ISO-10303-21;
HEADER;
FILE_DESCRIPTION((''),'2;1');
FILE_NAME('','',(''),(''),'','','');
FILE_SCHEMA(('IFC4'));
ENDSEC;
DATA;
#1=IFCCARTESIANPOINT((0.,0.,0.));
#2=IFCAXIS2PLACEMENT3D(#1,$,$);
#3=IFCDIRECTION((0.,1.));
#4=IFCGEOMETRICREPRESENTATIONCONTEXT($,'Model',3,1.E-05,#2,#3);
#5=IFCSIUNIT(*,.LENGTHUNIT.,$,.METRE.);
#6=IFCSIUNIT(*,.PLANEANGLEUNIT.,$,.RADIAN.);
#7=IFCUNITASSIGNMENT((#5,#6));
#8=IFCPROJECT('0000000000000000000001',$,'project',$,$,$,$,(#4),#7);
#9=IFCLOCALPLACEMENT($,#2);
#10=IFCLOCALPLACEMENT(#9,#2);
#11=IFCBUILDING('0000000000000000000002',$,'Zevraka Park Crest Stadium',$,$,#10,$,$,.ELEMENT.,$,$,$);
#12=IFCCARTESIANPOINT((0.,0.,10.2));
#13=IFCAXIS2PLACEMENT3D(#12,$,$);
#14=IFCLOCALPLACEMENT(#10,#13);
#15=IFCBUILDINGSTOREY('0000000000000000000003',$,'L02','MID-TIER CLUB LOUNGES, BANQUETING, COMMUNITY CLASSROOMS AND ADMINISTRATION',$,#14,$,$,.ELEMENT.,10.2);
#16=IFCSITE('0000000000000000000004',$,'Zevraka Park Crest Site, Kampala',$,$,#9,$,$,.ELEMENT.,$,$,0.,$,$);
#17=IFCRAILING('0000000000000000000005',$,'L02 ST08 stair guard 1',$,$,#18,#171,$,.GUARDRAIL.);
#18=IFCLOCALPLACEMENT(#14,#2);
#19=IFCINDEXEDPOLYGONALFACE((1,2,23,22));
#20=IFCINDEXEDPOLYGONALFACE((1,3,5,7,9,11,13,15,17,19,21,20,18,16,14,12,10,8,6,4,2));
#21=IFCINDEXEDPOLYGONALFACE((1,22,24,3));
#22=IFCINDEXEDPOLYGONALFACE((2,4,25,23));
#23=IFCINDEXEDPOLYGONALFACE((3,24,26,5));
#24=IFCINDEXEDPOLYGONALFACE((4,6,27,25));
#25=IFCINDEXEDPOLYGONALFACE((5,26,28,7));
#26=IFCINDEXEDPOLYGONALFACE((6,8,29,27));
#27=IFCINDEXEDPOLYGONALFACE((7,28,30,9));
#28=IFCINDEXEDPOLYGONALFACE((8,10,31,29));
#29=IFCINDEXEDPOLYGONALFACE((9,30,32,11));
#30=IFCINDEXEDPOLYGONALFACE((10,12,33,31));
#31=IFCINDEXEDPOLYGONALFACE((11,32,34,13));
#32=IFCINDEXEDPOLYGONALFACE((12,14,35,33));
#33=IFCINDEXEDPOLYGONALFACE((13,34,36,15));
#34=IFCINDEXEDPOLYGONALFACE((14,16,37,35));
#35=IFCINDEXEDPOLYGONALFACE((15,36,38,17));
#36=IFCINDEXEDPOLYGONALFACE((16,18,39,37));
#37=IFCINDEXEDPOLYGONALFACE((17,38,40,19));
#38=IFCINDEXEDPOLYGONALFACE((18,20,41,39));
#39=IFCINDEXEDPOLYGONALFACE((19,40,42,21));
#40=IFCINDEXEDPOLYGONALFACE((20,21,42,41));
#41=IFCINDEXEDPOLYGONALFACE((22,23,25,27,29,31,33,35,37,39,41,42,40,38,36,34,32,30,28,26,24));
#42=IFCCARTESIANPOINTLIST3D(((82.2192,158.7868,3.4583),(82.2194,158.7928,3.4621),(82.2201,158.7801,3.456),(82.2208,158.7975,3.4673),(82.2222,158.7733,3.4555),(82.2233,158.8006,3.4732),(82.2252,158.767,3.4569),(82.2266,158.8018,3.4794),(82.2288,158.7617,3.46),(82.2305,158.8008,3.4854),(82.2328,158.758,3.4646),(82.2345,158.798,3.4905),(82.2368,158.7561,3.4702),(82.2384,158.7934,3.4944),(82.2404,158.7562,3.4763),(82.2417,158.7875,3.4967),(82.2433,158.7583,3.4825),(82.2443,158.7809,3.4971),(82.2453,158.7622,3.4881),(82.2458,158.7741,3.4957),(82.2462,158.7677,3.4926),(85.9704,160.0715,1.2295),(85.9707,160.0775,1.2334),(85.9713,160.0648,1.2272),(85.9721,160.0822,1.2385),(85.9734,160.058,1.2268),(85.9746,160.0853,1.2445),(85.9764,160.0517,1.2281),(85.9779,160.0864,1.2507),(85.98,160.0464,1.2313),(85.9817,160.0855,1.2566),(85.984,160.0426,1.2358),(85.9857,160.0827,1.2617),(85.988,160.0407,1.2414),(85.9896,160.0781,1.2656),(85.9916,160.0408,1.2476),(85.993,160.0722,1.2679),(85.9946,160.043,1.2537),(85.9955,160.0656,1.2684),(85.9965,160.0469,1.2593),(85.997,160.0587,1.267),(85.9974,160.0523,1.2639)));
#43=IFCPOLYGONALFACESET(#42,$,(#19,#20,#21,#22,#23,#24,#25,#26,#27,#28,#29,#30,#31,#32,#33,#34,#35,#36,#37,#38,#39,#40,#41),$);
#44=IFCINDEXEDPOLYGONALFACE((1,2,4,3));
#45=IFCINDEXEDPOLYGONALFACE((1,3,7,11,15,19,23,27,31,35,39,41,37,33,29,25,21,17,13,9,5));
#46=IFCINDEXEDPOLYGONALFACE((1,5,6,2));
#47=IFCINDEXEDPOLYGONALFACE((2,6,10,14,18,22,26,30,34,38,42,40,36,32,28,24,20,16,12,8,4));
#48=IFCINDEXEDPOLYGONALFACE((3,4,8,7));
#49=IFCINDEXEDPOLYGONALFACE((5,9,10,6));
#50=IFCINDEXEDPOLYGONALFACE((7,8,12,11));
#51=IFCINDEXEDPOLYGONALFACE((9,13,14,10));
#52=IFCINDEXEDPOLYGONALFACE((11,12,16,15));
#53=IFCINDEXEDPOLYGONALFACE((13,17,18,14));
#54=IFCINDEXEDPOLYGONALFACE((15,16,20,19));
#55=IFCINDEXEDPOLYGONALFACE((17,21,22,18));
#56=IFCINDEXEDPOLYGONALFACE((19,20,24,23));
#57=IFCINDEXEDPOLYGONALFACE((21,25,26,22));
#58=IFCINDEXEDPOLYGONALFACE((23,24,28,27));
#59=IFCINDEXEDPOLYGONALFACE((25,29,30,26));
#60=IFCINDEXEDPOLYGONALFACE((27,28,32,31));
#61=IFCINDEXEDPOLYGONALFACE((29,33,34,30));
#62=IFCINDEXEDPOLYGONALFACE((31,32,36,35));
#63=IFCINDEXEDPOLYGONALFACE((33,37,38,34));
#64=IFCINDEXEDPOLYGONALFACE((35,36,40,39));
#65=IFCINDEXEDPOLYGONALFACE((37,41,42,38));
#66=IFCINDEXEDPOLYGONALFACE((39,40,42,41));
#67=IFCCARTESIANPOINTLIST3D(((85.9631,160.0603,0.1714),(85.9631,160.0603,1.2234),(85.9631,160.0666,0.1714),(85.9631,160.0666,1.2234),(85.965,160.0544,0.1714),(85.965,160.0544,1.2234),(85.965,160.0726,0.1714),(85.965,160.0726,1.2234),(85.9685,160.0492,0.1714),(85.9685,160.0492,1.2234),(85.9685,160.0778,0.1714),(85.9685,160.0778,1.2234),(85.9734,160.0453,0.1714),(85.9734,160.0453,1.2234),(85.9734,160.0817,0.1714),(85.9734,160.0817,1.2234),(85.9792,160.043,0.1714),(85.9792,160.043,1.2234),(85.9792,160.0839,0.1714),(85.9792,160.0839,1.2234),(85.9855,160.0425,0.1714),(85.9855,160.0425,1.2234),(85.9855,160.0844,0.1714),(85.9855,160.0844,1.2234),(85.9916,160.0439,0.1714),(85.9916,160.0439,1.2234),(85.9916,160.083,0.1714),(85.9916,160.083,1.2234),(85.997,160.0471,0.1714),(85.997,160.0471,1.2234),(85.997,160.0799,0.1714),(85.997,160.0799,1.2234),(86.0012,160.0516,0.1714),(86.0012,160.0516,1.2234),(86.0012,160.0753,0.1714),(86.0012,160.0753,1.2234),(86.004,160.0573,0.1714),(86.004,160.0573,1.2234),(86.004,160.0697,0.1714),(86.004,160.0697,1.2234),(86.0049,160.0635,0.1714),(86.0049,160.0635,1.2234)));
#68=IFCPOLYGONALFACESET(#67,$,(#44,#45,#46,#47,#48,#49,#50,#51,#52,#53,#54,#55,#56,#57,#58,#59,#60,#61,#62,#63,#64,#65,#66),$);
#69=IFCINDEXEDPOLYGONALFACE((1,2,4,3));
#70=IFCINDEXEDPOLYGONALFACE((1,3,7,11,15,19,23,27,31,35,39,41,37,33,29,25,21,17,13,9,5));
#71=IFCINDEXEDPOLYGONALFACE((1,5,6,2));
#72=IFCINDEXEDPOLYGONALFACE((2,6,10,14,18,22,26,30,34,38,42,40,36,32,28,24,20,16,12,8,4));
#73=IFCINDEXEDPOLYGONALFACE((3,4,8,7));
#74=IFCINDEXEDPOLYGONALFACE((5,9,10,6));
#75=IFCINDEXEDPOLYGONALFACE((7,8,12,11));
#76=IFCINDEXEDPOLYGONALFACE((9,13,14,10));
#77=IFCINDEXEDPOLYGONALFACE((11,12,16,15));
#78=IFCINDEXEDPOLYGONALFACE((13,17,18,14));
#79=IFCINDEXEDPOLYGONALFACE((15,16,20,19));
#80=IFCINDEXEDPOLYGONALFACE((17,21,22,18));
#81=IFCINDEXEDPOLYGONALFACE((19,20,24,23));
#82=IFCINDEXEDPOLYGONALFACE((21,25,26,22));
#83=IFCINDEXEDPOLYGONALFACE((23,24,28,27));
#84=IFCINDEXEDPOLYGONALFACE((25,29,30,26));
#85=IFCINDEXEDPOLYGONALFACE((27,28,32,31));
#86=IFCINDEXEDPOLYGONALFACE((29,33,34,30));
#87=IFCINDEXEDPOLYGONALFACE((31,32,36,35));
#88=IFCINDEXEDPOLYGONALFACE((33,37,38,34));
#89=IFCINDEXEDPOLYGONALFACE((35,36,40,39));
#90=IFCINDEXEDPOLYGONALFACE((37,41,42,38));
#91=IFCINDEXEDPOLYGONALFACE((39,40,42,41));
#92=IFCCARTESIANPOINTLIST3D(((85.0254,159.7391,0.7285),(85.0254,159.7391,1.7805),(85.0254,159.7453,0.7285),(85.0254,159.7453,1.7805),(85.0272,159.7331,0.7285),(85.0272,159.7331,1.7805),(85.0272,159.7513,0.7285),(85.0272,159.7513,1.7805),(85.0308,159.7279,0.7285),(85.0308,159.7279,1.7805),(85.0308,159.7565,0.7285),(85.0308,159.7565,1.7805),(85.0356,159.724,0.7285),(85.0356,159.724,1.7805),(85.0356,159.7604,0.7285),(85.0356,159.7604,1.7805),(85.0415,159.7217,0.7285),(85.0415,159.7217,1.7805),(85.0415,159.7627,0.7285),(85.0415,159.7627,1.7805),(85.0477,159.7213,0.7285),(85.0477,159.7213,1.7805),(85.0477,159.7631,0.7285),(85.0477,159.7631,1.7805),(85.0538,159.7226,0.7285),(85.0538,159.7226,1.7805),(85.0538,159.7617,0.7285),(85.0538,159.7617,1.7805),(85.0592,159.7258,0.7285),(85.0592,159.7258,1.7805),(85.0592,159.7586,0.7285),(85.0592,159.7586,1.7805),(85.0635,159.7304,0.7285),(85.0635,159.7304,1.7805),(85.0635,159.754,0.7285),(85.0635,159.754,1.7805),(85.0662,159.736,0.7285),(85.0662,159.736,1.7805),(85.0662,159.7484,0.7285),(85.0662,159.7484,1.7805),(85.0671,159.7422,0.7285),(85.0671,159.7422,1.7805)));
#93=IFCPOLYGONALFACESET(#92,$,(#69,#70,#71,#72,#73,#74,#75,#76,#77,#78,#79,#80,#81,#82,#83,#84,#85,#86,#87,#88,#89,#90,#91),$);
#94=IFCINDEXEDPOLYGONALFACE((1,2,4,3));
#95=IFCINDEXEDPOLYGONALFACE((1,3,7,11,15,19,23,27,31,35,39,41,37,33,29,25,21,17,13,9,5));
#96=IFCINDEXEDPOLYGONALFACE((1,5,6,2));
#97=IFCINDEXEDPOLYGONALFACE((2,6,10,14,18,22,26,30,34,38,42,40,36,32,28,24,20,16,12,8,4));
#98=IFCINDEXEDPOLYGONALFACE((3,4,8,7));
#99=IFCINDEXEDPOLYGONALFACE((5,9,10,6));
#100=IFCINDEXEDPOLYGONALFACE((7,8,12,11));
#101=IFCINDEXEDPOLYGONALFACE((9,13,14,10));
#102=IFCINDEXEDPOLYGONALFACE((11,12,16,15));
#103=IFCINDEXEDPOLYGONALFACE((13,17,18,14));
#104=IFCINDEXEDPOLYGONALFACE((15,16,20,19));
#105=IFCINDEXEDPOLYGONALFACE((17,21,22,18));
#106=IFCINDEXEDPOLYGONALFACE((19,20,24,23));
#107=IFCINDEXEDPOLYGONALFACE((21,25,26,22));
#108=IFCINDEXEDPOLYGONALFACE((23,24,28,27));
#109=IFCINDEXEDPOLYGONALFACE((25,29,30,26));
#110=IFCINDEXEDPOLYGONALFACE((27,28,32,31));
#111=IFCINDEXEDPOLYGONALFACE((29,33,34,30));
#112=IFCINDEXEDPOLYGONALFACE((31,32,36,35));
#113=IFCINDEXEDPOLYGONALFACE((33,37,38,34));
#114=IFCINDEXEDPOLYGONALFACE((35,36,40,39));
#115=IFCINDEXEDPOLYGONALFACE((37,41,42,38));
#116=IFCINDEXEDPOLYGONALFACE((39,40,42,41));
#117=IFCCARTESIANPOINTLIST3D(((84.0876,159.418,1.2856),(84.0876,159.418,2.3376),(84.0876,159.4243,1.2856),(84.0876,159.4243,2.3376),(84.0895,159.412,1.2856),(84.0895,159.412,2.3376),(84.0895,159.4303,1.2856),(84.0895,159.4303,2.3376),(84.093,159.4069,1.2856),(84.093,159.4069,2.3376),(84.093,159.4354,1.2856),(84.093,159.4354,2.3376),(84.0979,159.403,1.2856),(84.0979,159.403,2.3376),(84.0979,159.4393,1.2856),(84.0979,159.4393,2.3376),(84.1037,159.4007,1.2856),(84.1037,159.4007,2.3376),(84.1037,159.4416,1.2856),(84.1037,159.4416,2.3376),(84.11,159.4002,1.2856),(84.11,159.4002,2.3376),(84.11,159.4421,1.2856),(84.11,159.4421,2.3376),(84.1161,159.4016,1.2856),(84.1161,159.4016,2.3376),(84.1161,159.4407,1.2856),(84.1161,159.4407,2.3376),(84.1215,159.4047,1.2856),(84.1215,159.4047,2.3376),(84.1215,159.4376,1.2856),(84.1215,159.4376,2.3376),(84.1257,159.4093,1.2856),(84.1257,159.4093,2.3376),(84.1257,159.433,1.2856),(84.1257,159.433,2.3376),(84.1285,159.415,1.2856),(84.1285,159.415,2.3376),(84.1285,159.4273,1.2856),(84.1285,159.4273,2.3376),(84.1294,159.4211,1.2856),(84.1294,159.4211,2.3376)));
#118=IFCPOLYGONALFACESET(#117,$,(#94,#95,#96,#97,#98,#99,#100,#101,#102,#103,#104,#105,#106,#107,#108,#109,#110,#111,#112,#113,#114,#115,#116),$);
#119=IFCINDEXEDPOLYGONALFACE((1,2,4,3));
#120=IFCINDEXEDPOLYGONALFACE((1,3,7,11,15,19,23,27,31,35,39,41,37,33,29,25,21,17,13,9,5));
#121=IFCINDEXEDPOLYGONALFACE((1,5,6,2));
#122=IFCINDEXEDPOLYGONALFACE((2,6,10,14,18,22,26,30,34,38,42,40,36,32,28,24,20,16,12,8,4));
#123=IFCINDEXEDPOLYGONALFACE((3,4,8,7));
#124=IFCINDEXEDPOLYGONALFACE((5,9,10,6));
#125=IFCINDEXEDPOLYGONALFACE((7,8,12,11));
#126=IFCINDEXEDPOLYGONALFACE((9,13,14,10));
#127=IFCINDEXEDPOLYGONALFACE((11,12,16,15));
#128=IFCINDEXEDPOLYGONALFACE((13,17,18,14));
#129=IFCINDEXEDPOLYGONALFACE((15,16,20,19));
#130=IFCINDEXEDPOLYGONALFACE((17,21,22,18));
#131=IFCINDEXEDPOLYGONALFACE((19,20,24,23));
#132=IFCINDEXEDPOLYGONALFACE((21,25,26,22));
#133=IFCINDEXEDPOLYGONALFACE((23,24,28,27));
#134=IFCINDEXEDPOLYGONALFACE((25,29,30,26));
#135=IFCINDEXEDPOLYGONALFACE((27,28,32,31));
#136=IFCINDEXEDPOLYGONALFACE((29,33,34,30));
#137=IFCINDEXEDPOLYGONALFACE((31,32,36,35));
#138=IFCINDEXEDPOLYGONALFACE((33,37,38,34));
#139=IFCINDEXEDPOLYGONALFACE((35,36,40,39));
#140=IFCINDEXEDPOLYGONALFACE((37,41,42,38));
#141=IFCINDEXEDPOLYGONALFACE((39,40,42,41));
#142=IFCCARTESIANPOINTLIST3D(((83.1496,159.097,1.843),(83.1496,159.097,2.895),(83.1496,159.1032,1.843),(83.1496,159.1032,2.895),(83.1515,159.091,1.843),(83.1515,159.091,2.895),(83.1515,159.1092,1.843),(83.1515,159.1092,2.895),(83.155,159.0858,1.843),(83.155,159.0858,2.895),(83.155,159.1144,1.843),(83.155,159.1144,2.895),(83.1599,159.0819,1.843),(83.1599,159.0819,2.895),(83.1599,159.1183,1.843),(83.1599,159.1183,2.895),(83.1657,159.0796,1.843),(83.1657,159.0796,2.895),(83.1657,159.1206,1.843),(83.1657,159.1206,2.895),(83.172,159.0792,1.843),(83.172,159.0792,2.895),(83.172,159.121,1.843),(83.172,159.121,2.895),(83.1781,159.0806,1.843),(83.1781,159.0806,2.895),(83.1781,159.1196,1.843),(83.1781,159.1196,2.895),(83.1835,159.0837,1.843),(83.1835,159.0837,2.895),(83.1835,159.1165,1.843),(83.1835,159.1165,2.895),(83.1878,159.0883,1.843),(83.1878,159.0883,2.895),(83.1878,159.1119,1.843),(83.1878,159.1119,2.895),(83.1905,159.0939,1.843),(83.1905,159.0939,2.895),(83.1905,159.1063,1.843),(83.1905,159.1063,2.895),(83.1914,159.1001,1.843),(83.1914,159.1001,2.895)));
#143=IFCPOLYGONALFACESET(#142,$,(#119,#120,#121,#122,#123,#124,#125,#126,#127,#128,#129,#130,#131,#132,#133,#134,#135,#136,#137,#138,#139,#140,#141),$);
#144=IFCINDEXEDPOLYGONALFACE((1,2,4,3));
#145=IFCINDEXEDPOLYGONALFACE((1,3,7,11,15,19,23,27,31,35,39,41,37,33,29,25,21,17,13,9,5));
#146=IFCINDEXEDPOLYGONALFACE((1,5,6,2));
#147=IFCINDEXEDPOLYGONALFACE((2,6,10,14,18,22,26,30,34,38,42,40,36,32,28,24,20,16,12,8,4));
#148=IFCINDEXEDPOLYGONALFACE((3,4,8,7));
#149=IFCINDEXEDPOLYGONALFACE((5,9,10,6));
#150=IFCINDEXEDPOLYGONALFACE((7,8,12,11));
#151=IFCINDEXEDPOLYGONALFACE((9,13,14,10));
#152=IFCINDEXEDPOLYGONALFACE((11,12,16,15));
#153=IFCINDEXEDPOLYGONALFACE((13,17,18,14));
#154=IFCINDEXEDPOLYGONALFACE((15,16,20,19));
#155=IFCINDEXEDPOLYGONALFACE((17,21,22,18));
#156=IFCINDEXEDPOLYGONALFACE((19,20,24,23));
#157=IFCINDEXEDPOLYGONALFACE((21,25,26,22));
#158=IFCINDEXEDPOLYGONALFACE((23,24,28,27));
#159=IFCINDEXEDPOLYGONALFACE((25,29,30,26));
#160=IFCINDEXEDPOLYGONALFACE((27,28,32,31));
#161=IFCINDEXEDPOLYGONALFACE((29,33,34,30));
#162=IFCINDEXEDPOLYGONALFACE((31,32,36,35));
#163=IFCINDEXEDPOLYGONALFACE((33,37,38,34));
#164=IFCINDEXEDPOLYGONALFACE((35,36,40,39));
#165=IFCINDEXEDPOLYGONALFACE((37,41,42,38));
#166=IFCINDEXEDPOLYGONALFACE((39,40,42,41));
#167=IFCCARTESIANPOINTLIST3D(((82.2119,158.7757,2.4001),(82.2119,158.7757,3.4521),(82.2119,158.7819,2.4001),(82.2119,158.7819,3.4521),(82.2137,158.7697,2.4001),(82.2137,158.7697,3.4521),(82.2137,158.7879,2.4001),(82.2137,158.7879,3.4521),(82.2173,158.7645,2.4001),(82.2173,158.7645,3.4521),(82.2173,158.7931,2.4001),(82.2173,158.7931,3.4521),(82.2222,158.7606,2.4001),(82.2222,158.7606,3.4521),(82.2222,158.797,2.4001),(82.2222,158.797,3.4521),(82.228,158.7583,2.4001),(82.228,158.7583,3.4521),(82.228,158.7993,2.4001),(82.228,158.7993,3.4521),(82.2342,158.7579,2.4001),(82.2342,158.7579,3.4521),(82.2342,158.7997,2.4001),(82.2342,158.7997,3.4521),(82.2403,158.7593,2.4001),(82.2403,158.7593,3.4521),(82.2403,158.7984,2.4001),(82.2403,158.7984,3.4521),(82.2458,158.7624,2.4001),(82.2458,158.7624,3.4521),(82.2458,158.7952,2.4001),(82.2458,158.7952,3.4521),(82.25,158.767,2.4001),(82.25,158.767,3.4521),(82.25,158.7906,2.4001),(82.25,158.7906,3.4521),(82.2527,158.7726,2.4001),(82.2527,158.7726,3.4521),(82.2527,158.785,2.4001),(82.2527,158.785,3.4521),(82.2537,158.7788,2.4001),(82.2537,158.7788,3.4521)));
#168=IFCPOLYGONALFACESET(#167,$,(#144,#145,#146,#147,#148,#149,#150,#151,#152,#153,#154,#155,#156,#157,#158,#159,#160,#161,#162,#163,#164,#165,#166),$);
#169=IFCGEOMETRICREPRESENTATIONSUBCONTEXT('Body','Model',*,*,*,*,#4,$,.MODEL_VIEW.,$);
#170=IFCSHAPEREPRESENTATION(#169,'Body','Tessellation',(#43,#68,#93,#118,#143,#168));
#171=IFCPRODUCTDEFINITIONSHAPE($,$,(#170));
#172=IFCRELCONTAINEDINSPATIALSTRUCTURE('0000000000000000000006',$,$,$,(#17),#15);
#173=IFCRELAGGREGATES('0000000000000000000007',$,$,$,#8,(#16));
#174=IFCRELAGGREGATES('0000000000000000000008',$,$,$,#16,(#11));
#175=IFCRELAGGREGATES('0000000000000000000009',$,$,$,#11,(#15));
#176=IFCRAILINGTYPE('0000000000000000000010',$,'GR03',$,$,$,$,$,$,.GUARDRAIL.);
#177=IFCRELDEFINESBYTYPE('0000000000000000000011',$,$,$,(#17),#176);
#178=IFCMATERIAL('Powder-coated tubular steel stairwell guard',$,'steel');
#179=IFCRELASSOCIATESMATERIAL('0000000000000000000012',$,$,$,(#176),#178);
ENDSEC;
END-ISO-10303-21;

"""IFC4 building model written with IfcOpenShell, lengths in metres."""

from ifc_helpers import new_model, si_unit, direction, frame, origin, origin_2d, place, context, subcontext, project, spatial, circle, extrude, material, type_object, element, save


model = new_model("IFC4")

# Units and contexts
model_context = context("Model", 3, precision=1e-05, world=origin(), true_north=direction((0.0, 1.0)))
body_context = subcontext(model_context, "Body", "Model", "MODEL_VIEW")
ifc_project = project(units=[si_unit("LENGTHUNIT", "METRE"), si_unit("PLANEANGLEUNIT", "RADIAN")], contexts=[model_context])

# Site, building, storey
site_placement = place(None, origin())
site = spatial("IfcSite", under=ifc_project, at=site_placement, Name="Zevraka Park Crest Site, Kampala", CompositionType="ELEMENT", RefElevation=0.0)
building_placement = place(site_placement, origin())
building = spatial("IfcBuilding", under=site, at=building_placement, Name="Zevraka Park Crest Stadium", CompositionType="ELEMENT")
storey_placement = place(building_placement, frame((0.0, 0.0, 10.2)))
storey = spatial("IfcBuildingStorey", under=building, at=storey_placement, Name="L02", Description="MID-TIER CLUB LOUNGES, BANQUETING, COMMUNITY CLASSROOMS AND ADMINISTRATION", CompositionType="ELEMENT", Elevation=10.2)

# Railing
ifc_material_1 = material(Name="Powder-coated tubular steel stairwell guard", Category="steel")
railing_type_1 = type_object("IfcRailingType", Name="GR03", PredefinedType="GUARDRAIL", material=ifc_material_1)
railing_1_placement = place(storey_placement, frame((85.9839, 160.0635, 0.1714)))
element("IfcRailing", 1, at=railing_1_placement, inside=storey, type_object=railing_type_1, Name="L02 ST08 stair guard 1", PredefinedType="GUARDRAIL", context=body_context, shape_type="SweptSolid", body=[
    extrude(circle(Radius=0.0239, at=origin_2d()), frame((0.0, 0.0, 1.0762), z_axis=(-0.824705, -0.282434, 0.489992), x_axis=(0.323994, -0.946059, 0.0)), (0.0, 0.0, 1.0), 4.5486),
    extrude(circle(Radius=0.021, at=origin_2d()), origin(), (0.0, 0.0, 1.0), 1.052),
    extrude(circle(Radius=0.021, at=origin_2d()), frame((-0.9377, -0.3213, 0.5571)), (0.0, 0.0, 1.0), 1.052),
    extrude(circle(Radius=0.021, at=origin_2d()), frame((-1.8755, -0.6423, 1.1143)), (0.0, 0.0, 1.0), 1.052),
    extrude(circle(Radius=0.021, at=origin_2d()), frame((-2.8135, -0.9634, 1.6716)), (0.0, 0.0, 1.0), 1.052),
    extrude(circle(Radius=0.021, at=origin_2d()), frame((-3.7512, -1.2847, 2.2288)), (0.0, 0.0, 1.0), 1.052),
])

save(model, "model.ifc")
